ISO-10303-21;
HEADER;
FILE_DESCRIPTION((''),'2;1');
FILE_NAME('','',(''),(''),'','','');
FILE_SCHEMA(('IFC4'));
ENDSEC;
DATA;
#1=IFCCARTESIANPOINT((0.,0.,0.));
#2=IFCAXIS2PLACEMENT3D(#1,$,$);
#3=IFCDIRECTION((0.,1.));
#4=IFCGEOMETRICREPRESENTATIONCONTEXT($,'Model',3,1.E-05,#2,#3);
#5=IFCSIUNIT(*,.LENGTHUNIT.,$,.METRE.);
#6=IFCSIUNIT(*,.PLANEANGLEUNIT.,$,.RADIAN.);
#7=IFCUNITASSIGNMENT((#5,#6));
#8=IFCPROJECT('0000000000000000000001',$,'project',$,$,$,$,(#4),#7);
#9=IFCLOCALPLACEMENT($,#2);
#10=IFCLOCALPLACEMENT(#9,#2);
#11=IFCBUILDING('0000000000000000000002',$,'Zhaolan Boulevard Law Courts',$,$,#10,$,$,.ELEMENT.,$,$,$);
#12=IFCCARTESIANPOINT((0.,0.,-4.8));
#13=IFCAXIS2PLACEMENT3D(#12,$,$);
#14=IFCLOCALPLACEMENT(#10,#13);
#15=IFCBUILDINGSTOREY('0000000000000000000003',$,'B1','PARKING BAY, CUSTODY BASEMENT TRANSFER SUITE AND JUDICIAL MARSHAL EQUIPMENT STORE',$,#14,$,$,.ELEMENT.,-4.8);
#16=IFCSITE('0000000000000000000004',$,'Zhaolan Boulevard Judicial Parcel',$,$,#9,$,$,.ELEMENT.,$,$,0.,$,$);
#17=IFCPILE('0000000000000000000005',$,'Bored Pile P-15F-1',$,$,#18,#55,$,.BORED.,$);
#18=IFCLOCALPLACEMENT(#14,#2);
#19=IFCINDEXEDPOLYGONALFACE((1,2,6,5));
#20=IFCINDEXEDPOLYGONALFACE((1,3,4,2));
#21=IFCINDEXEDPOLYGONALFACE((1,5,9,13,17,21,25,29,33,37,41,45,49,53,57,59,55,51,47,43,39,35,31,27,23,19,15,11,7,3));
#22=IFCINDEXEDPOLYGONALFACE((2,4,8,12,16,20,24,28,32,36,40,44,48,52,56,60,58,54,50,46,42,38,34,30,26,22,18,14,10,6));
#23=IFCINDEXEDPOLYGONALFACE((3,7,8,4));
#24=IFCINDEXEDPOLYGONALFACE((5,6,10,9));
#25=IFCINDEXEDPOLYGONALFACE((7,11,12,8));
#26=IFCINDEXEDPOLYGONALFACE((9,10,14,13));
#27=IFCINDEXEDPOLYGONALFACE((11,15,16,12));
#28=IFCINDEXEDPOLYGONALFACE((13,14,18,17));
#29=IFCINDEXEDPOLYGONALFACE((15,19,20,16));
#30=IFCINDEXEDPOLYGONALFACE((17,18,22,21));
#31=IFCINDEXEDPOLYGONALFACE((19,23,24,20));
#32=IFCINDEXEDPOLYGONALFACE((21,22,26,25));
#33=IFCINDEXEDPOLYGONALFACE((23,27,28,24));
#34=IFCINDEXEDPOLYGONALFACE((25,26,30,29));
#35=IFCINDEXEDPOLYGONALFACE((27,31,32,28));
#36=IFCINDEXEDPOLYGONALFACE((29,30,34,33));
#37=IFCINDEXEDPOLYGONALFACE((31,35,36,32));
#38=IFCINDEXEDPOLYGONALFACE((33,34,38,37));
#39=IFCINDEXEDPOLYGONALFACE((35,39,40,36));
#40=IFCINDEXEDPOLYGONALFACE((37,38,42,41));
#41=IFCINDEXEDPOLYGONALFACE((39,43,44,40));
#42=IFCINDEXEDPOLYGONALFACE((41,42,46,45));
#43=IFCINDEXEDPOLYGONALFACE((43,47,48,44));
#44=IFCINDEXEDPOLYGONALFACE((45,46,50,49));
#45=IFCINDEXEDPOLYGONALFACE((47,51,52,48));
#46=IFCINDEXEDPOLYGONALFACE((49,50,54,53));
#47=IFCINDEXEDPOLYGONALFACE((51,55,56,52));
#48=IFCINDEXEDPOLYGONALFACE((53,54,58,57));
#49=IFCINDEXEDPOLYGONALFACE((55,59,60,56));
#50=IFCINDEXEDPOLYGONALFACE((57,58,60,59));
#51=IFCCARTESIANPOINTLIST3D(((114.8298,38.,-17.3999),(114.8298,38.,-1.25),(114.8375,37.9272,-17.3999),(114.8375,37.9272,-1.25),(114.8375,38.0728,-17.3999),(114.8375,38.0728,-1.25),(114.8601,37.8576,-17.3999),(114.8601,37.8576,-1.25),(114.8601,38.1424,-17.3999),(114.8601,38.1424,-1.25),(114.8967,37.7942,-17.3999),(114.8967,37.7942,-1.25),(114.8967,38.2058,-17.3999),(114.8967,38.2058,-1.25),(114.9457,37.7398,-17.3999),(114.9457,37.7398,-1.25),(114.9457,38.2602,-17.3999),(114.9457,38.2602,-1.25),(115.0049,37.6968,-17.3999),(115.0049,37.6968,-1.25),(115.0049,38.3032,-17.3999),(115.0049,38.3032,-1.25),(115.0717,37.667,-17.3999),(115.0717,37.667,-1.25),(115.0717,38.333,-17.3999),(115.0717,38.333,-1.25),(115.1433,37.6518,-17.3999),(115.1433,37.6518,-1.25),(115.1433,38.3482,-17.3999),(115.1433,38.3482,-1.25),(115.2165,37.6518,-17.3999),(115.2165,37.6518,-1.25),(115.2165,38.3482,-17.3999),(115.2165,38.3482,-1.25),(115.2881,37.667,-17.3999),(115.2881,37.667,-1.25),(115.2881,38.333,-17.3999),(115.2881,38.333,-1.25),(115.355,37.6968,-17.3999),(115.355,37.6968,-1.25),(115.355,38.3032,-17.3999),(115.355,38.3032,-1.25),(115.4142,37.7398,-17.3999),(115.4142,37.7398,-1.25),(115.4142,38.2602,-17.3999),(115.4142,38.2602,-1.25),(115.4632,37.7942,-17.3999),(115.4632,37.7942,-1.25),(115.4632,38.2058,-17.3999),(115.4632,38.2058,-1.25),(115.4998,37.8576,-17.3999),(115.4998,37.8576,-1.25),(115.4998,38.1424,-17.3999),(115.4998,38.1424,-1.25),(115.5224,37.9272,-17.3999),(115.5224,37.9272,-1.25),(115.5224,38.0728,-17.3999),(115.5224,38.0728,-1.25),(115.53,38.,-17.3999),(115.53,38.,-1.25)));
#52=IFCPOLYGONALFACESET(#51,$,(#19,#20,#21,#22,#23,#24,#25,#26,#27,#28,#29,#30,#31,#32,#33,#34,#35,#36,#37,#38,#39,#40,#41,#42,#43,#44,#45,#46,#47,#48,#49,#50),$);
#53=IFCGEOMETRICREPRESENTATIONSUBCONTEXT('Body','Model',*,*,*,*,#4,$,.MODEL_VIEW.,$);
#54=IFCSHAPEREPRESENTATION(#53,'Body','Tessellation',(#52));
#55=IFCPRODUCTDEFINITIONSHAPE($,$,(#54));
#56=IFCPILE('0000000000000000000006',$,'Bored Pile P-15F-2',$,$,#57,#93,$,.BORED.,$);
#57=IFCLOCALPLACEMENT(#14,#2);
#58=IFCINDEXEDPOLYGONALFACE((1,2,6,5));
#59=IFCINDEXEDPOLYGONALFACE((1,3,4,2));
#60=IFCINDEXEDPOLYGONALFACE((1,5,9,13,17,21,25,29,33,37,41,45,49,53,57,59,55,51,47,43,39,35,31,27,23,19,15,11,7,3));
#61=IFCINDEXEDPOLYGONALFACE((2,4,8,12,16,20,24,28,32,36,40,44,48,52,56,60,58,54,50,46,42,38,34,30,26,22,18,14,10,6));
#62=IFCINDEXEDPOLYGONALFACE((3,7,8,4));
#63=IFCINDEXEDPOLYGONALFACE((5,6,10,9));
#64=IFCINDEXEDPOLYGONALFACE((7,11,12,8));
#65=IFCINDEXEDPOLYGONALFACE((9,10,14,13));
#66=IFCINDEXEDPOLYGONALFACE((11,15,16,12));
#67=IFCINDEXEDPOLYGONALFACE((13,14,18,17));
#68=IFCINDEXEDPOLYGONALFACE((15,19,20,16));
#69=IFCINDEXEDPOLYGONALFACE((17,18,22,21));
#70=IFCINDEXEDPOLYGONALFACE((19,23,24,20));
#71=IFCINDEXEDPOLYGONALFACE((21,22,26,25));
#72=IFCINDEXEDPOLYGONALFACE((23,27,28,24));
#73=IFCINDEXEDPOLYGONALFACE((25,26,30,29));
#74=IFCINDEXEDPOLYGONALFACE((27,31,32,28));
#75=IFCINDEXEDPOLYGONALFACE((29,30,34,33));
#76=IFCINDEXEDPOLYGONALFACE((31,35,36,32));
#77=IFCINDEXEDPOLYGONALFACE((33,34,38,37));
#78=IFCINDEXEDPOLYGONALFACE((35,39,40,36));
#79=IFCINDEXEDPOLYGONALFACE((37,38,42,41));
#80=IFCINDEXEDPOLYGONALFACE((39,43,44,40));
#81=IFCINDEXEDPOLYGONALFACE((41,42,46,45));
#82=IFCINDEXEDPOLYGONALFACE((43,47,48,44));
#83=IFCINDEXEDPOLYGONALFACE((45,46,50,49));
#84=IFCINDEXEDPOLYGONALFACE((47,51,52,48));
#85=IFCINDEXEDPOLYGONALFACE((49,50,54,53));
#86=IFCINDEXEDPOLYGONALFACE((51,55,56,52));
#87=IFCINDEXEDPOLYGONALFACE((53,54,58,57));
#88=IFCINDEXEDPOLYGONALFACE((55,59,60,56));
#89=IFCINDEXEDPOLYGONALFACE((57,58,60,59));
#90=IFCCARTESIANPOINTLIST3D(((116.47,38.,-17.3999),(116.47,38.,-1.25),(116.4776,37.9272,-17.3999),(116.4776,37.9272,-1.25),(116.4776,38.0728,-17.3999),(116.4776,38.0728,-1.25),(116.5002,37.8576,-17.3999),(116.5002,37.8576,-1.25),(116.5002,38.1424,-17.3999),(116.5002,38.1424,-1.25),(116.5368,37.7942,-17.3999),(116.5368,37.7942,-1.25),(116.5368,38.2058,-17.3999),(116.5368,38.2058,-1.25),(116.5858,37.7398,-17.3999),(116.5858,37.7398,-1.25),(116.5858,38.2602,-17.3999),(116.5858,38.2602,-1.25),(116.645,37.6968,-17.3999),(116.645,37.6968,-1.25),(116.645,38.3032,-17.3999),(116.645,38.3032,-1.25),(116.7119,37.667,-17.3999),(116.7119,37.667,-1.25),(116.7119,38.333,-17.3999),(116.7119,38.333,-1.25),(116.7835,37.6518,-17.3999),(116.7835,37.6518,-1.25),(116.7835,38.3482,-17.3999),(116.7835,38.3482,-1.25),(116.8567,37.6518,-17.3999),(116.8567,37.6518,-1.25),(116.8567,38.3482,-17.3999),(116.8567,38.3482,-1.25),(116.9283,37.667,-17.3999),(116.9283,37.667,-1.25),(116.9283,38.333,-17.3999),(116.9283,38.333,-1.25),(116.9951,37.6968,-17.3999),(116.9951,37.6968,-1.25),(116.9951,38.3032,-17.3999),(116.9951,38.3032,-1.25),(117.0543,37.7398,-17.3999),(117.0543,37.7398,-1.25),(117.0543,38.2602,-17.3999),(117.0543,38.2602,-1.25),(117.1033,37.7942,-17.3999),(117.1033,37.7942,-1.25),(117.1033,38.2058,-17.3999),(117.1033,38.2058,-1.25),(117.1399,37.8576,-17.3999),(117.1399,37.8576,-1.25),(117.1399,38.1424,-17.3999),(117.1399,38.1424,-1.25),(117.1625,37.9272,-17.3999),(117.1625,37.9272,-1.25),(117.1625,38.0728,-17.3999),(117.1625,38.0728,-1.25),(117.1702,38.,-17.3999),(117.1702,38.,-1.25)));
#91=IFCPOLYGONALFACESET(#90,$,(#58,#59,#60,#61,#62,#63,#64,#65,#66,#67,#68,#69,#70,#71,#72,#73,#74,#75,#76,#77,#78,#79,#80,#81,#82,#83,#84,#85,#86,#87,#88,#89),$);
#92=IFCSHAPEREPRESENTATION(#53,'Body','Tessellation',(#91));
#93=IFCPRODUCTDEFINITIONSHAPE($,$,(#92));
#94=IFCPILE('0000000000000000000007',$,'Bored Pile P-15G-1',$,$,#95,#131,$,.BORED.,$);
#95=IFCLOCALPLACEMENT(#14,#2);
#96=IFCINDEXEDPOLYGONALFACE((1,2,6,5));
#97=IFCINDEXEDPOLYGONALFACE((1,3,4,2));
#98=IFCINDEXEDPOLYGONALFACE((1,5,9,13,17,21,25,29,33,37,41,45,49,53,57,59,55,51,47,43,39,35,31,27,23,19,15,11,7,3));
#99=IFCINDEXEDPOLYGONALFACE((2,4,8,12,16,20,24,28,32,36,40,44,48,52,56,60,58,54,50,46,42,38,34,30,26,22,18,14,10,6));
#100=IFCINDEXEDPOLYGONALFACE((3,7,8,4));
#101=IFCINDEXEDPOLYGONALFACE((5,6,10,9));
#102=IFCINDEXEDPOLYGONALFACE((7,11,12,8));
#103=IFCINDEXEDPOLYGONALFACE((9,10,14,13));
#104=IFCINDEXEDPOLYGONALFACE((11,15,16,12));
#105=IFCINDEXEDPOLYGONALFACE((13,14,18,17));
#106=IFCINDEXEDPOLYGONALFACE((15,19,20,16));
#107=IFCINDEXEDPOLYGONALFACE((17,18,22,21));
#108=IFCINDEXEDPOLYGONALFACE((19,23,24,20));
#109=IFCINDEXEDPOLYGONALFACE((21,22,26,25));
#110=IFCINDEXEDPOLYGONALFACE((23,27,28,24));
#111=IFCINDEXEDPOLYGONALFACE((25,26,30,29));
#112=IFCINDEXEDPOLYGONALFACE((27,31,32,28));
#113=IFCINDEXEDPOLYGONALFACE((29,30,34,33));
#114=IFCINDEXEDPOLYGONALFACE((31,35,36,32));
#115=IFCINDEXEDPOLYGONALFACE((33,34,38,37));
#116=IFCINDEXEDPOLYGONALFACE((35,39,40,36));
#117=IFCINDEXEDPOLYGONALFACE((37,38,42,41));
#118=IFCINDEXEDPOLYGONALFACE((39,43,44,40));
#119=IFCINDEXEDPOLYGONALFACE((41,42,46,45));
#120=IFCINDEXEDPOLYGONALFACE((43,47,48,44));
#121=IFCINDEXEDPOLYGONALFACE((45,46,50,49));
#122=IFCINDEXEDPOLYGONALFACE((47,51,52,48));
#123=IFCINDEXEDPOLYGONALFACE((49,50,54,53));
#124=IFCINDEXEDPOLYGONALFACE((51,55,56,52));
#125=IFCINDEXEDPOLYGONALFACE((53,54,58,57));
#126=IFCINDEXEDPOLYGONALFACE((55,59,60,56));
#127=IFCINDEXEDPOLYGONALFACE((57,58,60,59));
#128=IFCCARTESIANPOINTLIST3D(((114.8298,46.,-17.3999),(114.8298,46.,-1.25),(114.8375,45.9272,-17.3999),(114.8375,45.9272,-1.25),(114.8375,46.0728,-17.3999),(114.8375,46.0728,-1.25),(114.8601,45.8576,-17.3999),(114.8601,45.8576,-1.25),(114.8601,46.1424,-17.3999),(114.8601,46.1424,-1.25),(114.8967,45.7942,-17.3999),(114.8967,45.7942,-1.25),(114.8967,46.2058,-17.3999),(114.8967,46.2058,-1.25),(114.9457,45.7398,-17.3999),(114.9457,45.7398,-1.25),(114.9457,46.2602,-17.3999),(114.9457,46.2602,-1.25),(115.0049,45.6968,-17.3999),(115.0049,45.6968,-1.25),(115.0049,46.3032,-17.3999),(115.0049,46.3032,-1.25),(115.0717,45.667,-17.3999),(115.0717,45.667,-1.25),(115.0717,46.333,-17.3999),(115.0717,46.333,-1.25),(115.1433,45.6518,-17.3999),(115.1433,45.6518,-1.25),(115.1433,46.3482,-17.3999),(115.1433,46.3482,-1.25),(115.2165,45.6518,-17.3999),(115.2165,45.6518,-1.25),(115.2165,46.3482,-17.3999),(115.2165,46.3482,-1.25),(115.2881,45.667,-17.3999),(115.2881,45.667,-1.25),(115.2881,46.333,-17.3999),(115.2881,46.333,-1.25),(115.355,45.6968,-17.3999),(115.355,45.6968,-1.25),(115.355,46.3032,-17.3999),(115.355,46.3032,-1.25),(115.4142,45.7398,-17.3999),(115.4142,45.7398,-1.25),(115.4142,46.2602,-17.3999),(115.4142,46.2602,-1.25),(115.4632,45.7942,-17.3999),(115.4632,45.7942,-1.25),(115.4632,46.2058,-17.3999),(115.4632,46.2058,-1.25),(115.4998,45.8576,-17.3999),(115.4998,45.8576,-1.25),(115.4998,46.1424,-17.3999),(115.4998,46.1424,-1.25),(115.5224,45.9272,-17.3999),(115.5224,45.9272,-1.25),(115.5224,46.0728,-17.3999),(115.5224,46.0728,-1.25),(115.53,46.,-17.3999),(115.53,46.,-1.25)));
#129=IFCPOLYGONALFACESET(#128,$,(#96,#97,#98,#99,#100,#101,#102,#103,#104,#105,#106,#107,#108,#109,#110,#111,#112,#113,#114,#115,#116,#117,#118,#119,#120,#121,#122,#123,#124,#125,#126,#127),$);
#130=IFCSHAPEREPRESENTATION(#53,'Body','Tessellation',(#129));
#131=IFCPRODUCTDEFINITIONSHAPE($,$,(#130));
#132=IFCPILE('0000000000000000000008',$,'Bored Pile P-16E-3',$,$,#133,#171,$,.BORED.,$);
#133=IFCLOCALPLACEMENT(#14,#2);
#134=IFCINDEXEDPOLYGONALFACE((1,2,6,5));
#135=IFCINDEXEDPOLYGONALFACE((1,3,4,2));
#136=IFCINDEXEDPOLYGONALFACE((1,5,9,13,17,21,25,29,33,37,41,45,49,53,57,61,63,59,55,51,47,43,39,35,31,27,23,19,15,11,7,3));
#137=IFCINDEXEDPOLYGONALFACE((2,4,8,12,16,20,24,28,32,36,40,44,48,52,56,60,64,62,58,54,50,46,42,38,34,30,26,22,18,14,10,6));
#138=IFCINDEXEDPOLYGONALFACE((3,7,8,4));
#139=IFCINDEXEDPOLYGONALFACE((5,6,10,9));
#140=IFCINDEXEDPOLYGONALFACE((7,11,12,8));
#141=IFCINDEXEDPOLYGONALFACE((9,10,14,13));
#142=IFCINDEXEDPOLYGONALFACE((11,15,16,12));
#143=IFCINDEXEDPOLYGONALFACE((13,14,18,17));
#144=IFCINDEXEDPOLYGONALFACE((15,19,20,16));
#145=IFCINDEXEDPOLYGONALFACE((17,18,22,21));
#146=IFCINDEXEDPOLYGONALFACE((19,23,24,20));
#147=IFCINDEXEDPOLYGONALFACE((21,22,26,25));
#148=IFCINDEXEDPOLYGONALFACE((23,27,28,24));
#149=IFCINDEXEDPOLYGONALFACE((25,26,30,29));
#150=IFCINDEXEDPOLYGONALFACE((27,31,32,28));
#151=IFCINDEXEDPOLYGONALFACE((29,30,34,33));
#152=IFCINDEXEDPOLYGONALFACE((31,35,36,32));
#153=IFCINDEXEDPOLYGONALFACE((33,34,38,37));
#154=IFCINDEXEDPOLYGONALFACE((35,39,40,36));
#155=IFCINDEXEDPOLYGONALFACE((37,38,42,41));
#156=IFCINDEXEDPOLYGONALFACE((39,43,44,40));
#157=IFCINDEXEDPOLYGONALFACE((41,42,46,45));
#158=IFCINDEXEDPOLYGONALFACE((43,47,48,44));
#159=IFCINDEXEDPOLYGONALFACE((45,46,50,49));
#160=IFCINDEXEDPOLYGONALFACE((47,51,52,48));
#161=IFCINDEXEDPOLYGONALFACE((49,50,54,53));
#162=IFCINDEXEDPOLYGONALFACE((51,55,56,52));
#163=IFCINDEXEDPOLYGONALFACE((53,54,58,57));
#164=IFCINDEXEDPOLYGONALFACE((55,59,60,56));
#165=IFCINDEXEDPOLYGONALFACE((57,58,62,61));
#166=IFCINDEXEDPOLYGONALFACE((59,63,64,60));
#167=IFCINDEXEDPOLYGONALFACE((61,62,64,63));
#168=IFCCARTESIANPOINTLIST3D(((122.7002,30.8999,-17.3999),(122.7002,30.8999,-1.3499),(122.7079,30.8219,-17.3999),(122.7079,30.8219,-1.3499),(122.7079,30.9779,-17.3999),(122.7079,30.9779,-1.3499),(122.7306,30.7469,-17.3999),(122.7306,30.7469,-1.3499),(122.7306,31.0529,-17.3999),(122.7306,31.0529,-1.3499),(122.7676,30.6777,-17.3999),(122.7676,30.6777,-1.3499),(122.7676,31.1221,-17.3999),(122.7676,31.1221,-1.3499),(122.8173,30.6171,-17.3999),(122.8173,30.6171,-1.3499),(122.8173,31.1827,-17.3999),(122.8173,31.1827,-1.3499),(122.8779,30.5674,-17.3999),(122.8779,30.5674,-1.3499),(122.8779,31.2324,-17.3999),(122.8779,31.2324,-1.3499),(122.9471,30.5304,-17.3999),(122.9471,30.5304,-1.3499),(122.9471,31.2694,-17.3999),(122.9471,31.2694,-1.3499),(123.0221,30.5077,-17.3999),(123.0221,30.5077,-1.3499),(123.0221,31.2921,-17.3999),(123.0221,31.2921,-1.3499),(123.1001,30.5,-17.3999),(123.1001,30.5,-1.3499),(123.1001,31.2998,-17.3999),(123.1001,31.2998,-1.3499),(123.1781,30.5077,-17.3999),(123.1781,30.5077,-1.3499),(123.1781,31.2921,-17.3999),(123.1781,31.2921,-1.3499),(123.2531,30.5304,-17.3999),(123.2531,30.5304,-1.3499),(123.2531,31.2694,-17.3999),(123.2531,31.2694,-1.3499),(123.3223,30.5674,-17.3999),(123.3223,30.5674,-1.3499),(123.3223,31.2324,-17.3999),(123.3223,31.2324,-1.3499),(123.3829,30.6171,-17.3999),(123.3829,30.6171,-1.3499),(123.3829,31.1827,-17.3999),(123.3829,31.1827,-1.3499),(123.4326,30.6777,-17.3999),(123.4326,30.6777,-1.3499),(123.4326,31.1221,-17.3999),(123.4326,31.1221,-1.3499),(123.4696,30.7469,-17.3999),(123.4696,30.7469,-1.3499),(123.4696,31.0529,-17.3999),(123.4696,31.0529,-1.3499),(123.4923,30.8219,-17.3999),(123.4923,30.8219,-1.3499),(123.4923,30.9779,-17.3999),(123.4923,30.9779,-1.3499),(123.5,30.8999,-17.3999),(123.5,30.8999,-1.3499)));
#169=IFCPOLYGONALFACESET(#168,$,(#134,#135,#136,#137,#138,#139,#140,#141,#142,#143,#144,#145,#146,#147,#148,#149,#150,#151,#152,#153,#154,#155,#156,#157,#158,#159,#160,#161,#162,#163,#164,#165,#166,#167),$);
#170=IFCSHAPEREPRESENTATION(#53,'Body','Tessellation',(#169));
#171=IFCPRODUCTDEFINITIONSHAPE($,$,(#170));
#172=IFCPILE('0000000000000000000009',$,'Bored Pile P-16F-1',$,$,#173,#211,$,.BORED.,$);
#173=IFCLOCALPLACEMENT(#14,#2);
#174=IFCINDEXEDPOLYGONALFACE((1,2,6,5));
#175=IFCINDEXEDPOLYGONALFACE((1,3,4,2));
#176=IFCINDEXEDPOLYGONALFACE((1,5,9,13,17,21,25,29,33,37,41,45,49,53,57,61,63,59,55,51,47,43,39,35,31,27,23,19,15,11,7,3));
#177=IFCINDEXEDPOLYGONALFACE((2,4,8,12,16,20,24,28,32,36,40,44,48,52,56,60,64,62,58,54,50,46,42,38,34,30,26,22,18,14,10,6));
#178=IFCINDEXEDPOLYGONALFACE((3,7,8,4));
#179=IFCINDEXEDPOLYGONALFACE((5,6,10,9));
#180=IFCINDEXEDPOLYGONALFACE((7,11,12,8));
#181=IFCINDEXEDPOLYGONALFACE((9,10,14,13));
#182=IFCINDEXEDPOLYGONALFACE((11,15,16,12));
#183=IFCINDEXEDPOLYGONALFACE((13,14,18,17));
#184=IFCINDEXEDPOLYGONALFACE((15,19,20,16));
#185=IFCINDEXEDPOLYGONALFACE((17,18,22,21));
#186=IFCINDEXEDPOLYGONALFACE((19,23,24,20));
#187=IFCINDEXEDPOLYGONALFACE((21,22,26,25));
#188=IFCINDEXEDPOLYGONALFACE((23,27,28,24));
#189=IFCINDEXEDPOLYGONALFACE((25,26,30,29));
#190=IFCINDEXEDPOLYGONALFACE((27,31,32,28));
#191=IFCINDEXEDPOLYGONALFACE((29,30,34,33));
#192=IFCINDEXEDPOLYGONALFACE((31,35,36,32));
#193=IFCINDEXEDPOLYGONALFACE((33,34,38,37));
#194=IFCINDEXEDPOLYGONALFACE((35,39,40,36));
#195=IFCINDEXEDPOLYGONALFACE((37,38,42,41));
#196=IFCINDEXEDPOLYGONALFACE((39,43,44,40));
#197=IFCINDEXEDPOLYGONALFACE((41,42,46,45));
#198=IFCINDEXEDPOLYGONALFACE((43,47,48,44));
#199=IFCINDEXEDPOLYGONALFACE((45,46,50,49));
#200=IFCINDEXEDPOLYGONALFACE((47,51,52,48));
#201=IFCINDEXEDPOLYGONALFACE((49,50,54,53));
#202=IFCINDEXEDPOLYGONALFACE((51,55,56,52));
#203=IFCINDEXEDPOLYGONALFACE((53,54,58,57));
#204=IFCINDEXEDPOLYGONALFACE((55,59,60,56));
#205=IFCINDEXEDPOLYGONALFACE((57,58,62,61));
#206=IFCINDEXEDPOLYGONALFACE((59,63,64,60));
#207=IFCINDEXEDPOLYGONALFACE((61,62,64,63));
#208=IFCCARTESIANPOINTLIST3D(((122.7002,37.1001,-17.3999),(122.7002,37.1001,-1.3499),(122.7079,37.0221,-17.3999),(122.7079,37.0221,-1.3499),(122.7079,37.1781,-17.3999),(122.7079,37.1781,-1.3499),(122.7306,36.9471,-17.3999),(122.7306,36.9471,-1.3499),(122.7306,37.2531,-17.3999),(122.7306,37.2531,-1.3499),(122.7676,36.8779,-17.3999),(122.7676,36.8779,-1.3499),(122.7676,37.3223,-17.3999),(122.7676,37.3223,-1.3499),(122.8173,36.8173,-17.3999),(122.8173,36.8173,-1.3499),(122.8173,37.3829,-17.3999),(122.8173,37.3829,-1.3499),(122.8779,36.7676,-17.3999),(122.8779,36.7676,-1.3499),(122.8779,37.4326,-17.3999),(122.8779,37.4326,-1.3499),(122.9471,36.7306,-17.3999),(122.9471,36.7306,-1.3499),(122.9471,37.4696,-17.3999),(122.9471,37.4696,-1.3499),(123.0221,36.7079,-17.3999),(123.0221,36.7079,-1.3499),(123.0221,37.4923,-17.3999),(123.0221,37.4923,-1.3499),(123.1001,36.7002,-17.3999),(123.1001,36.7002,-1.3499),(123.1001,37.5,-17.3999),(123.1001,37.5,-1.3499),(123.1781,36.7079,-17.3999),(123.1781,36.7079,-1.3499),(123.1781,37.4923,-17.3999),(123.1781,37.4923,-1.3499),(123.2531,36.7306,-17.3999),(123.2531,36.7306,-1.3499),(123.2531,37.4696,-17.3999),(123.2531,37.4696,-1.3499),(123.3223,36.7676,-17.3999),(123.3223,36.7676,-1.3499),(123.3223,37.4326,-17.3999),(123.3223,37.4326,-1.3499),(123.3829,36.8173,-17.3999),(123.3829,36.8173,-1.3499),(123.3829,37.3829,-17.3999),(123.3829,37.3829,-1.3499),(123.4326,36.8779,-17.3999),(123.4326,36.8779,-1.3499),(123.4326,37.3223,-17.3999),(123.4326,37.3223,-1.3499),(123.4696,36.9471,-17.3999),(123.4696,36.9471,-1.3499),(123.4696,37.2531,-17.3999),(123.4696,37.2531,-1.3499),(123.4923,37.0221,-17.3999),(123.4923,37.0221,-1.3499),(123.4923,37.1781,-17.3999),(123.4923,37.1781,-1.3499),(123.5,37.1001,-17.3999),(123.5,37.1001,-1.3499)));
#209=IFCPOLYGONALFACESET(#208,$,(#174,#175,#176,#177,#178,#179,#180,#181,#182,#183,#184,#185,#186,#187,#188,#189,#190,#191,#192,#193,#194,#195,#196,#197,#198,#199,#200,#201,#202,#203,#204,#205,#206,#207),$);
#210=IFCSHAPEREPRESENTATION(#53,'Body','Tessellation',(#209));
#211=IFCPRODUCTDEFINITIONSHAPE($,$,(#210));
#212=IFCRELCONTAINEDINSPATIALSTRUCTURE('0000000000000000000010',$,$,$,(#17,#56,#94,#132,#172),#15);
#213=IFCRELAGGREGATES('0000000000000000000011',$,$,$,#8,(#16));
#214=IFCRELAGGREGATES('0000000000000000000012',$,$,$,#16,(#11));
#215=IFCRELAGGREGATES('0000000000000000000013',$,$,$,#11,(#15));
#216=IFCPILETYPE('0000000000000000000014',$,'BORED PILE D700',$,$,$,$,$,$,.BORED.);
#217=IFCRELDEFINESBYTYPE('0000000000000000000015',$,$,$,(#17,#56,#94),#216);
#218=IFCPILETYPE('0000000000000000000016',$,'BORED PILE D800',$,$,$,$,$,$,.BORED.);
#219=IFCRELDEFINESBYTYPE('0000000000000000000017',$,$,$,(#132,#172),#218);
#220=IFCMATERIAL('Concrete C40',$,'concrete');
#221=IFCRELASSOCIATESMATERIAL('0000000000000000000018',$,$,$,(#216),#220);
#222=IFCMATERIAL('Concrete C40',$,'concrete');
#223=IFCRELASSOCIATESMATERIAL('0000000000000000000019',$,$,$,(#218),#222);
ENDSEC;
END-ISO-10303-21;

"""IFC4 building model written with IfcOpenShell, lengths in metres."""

from ifc_helpers import new_model, si_unit, direction, frame, origin, origin_2d, place, context, subcontext, project, spatial, circle, extrude, material, material_profile, profile_set, type_object, element, save


model = new_model("IFC4")

# Units and contexts
model_context = context("Model", 3, precision=1e-05, world=origin(), true_north=direction((0.0, 1.0)))
body_context = subcontext(model_context, "Body", "Model", "MODEL_VIEW")
ifc_project = project(units=[si_unit("LENGTHUNIT", "METRE"), si_unit("PLANEANGLEUNIT", "RADIAN")], contexts=[model_context])

# Site, building, storey
site_placement = place(None, origin())
site = spatial("IfcSite", under=ifc_project, at=site_placement, Name="Zhaolan Boulevard Judicial Parcel", CompositionType="ELEMENT", RefElevation=0.0)
building_placement = place(site_placement, origin())
building = spatial("IfcBuilding", under=site, at=building_placement, Name="Zhaolan Boulevard Law Courts", CompositionType="ELEMENT")
storey_placement = place(building_placement, frame((0.0, 0.0, -4.8)))
storey = spatial("IfcBuildingStorey", under=building, at=storey_placement, Name="B1", Description="PARKING BAY, CUSTODY BASEMENT TRANSFER SUITE AND JUDICIAL MARSHAL EQUIPMENT STORE", CompositionType="ELEMENT", Elevation=-4.8)

# Piles
ifc_material_1 = material(Name="Concrete C40", Category="concrete")
ifc_material_profile_1 = material_profile(ifc_material_1, circle(Radius=0.3501, at=origin_2d()), Name="PILE-D700")
ifc_profile_set_1 = profile_set([ifc_material_profile_1], Name="Concrete C40")
pile_type_1 = type_object("IfcPileType", Name="BORED PILE D700", PredefinedType="BORED", material=ifc_profile_set_1)
for number, where, z_axis, x_axis, name in (
    (1, (115.1799, 38.0, -1.25), (0.0, 0.0, -1.0), (1.0, 0.0, 0.0), "Bored Pile P-15F-1"),
    (2, (116.8201, 38.0, -1.25), (0.0, 0.0, -1.0), (1.0, 0.0, 0.0), "Bored Pile P-15F-2"),
    (3, (115.1799, 46.0, -1.25), (0.0, 0.0, -1.0), (1.0, 0.0, 0.0), "Bored Pile P-15G-1"),
):
    element("IfcPile", number, at=place(storey_placement, frame(where, z_axis=z_axis, x_axis=x_axis)), inside=storey, type_object=pile_type_1, Name=name, PredefinedType="BORED", context=body_context, shape_type="SweptSolid", body=[
        extrude(circle(Radius=0.3501, at=origin_2d()), origin(), (0.0, 0.0, 1.0), 16.1499),
    ])
ifc_material_2 = material(Name="Concrete C40", Category="concrete")
ifc_material_profile_2 = material_profile(ifc_material_2, circle(Radius=0.3999, at=origin_2d()), Name="PILE-D800")
ifc_profile_set_2 = profile_set([ifc_material_profile_2], Name="Concrete C40")
pile_type_2 = type_object("IfcPileType", Name="BORED PILE D800", PredefinedType="BORED", material=ifc_profile_set_2)
for number, where, z_axis, x_axis, name in (
    (4, (123.1001, 30.8999, -1.3499), (0.0, 0.0, -1.0), (1.0, 0.0, 0.0), "Bored Pile P-16E-3"),
    (5, (123.1001, 37.1001, -1.3499), (0.0, 0.0, -1.0), (1.0, 0.0, 0.0), "Bored Pile P-16F-1"),
):
    element("IfcPile", number, at=place(storey_placement, frame(where, z_axis=z_axis, x_axis=x_axis)), inside=storey, type_object=pile_type_2, Name=name, PredefinedType="BORED", context=body_context, shape_type="SweptSolid", body=[
        extrude(circle(Radius=0.3999, at=origin_2d()), origin(), (0.0, 0.0, 1.0), 16.05),
    ])

save(model, "model.ifc")
